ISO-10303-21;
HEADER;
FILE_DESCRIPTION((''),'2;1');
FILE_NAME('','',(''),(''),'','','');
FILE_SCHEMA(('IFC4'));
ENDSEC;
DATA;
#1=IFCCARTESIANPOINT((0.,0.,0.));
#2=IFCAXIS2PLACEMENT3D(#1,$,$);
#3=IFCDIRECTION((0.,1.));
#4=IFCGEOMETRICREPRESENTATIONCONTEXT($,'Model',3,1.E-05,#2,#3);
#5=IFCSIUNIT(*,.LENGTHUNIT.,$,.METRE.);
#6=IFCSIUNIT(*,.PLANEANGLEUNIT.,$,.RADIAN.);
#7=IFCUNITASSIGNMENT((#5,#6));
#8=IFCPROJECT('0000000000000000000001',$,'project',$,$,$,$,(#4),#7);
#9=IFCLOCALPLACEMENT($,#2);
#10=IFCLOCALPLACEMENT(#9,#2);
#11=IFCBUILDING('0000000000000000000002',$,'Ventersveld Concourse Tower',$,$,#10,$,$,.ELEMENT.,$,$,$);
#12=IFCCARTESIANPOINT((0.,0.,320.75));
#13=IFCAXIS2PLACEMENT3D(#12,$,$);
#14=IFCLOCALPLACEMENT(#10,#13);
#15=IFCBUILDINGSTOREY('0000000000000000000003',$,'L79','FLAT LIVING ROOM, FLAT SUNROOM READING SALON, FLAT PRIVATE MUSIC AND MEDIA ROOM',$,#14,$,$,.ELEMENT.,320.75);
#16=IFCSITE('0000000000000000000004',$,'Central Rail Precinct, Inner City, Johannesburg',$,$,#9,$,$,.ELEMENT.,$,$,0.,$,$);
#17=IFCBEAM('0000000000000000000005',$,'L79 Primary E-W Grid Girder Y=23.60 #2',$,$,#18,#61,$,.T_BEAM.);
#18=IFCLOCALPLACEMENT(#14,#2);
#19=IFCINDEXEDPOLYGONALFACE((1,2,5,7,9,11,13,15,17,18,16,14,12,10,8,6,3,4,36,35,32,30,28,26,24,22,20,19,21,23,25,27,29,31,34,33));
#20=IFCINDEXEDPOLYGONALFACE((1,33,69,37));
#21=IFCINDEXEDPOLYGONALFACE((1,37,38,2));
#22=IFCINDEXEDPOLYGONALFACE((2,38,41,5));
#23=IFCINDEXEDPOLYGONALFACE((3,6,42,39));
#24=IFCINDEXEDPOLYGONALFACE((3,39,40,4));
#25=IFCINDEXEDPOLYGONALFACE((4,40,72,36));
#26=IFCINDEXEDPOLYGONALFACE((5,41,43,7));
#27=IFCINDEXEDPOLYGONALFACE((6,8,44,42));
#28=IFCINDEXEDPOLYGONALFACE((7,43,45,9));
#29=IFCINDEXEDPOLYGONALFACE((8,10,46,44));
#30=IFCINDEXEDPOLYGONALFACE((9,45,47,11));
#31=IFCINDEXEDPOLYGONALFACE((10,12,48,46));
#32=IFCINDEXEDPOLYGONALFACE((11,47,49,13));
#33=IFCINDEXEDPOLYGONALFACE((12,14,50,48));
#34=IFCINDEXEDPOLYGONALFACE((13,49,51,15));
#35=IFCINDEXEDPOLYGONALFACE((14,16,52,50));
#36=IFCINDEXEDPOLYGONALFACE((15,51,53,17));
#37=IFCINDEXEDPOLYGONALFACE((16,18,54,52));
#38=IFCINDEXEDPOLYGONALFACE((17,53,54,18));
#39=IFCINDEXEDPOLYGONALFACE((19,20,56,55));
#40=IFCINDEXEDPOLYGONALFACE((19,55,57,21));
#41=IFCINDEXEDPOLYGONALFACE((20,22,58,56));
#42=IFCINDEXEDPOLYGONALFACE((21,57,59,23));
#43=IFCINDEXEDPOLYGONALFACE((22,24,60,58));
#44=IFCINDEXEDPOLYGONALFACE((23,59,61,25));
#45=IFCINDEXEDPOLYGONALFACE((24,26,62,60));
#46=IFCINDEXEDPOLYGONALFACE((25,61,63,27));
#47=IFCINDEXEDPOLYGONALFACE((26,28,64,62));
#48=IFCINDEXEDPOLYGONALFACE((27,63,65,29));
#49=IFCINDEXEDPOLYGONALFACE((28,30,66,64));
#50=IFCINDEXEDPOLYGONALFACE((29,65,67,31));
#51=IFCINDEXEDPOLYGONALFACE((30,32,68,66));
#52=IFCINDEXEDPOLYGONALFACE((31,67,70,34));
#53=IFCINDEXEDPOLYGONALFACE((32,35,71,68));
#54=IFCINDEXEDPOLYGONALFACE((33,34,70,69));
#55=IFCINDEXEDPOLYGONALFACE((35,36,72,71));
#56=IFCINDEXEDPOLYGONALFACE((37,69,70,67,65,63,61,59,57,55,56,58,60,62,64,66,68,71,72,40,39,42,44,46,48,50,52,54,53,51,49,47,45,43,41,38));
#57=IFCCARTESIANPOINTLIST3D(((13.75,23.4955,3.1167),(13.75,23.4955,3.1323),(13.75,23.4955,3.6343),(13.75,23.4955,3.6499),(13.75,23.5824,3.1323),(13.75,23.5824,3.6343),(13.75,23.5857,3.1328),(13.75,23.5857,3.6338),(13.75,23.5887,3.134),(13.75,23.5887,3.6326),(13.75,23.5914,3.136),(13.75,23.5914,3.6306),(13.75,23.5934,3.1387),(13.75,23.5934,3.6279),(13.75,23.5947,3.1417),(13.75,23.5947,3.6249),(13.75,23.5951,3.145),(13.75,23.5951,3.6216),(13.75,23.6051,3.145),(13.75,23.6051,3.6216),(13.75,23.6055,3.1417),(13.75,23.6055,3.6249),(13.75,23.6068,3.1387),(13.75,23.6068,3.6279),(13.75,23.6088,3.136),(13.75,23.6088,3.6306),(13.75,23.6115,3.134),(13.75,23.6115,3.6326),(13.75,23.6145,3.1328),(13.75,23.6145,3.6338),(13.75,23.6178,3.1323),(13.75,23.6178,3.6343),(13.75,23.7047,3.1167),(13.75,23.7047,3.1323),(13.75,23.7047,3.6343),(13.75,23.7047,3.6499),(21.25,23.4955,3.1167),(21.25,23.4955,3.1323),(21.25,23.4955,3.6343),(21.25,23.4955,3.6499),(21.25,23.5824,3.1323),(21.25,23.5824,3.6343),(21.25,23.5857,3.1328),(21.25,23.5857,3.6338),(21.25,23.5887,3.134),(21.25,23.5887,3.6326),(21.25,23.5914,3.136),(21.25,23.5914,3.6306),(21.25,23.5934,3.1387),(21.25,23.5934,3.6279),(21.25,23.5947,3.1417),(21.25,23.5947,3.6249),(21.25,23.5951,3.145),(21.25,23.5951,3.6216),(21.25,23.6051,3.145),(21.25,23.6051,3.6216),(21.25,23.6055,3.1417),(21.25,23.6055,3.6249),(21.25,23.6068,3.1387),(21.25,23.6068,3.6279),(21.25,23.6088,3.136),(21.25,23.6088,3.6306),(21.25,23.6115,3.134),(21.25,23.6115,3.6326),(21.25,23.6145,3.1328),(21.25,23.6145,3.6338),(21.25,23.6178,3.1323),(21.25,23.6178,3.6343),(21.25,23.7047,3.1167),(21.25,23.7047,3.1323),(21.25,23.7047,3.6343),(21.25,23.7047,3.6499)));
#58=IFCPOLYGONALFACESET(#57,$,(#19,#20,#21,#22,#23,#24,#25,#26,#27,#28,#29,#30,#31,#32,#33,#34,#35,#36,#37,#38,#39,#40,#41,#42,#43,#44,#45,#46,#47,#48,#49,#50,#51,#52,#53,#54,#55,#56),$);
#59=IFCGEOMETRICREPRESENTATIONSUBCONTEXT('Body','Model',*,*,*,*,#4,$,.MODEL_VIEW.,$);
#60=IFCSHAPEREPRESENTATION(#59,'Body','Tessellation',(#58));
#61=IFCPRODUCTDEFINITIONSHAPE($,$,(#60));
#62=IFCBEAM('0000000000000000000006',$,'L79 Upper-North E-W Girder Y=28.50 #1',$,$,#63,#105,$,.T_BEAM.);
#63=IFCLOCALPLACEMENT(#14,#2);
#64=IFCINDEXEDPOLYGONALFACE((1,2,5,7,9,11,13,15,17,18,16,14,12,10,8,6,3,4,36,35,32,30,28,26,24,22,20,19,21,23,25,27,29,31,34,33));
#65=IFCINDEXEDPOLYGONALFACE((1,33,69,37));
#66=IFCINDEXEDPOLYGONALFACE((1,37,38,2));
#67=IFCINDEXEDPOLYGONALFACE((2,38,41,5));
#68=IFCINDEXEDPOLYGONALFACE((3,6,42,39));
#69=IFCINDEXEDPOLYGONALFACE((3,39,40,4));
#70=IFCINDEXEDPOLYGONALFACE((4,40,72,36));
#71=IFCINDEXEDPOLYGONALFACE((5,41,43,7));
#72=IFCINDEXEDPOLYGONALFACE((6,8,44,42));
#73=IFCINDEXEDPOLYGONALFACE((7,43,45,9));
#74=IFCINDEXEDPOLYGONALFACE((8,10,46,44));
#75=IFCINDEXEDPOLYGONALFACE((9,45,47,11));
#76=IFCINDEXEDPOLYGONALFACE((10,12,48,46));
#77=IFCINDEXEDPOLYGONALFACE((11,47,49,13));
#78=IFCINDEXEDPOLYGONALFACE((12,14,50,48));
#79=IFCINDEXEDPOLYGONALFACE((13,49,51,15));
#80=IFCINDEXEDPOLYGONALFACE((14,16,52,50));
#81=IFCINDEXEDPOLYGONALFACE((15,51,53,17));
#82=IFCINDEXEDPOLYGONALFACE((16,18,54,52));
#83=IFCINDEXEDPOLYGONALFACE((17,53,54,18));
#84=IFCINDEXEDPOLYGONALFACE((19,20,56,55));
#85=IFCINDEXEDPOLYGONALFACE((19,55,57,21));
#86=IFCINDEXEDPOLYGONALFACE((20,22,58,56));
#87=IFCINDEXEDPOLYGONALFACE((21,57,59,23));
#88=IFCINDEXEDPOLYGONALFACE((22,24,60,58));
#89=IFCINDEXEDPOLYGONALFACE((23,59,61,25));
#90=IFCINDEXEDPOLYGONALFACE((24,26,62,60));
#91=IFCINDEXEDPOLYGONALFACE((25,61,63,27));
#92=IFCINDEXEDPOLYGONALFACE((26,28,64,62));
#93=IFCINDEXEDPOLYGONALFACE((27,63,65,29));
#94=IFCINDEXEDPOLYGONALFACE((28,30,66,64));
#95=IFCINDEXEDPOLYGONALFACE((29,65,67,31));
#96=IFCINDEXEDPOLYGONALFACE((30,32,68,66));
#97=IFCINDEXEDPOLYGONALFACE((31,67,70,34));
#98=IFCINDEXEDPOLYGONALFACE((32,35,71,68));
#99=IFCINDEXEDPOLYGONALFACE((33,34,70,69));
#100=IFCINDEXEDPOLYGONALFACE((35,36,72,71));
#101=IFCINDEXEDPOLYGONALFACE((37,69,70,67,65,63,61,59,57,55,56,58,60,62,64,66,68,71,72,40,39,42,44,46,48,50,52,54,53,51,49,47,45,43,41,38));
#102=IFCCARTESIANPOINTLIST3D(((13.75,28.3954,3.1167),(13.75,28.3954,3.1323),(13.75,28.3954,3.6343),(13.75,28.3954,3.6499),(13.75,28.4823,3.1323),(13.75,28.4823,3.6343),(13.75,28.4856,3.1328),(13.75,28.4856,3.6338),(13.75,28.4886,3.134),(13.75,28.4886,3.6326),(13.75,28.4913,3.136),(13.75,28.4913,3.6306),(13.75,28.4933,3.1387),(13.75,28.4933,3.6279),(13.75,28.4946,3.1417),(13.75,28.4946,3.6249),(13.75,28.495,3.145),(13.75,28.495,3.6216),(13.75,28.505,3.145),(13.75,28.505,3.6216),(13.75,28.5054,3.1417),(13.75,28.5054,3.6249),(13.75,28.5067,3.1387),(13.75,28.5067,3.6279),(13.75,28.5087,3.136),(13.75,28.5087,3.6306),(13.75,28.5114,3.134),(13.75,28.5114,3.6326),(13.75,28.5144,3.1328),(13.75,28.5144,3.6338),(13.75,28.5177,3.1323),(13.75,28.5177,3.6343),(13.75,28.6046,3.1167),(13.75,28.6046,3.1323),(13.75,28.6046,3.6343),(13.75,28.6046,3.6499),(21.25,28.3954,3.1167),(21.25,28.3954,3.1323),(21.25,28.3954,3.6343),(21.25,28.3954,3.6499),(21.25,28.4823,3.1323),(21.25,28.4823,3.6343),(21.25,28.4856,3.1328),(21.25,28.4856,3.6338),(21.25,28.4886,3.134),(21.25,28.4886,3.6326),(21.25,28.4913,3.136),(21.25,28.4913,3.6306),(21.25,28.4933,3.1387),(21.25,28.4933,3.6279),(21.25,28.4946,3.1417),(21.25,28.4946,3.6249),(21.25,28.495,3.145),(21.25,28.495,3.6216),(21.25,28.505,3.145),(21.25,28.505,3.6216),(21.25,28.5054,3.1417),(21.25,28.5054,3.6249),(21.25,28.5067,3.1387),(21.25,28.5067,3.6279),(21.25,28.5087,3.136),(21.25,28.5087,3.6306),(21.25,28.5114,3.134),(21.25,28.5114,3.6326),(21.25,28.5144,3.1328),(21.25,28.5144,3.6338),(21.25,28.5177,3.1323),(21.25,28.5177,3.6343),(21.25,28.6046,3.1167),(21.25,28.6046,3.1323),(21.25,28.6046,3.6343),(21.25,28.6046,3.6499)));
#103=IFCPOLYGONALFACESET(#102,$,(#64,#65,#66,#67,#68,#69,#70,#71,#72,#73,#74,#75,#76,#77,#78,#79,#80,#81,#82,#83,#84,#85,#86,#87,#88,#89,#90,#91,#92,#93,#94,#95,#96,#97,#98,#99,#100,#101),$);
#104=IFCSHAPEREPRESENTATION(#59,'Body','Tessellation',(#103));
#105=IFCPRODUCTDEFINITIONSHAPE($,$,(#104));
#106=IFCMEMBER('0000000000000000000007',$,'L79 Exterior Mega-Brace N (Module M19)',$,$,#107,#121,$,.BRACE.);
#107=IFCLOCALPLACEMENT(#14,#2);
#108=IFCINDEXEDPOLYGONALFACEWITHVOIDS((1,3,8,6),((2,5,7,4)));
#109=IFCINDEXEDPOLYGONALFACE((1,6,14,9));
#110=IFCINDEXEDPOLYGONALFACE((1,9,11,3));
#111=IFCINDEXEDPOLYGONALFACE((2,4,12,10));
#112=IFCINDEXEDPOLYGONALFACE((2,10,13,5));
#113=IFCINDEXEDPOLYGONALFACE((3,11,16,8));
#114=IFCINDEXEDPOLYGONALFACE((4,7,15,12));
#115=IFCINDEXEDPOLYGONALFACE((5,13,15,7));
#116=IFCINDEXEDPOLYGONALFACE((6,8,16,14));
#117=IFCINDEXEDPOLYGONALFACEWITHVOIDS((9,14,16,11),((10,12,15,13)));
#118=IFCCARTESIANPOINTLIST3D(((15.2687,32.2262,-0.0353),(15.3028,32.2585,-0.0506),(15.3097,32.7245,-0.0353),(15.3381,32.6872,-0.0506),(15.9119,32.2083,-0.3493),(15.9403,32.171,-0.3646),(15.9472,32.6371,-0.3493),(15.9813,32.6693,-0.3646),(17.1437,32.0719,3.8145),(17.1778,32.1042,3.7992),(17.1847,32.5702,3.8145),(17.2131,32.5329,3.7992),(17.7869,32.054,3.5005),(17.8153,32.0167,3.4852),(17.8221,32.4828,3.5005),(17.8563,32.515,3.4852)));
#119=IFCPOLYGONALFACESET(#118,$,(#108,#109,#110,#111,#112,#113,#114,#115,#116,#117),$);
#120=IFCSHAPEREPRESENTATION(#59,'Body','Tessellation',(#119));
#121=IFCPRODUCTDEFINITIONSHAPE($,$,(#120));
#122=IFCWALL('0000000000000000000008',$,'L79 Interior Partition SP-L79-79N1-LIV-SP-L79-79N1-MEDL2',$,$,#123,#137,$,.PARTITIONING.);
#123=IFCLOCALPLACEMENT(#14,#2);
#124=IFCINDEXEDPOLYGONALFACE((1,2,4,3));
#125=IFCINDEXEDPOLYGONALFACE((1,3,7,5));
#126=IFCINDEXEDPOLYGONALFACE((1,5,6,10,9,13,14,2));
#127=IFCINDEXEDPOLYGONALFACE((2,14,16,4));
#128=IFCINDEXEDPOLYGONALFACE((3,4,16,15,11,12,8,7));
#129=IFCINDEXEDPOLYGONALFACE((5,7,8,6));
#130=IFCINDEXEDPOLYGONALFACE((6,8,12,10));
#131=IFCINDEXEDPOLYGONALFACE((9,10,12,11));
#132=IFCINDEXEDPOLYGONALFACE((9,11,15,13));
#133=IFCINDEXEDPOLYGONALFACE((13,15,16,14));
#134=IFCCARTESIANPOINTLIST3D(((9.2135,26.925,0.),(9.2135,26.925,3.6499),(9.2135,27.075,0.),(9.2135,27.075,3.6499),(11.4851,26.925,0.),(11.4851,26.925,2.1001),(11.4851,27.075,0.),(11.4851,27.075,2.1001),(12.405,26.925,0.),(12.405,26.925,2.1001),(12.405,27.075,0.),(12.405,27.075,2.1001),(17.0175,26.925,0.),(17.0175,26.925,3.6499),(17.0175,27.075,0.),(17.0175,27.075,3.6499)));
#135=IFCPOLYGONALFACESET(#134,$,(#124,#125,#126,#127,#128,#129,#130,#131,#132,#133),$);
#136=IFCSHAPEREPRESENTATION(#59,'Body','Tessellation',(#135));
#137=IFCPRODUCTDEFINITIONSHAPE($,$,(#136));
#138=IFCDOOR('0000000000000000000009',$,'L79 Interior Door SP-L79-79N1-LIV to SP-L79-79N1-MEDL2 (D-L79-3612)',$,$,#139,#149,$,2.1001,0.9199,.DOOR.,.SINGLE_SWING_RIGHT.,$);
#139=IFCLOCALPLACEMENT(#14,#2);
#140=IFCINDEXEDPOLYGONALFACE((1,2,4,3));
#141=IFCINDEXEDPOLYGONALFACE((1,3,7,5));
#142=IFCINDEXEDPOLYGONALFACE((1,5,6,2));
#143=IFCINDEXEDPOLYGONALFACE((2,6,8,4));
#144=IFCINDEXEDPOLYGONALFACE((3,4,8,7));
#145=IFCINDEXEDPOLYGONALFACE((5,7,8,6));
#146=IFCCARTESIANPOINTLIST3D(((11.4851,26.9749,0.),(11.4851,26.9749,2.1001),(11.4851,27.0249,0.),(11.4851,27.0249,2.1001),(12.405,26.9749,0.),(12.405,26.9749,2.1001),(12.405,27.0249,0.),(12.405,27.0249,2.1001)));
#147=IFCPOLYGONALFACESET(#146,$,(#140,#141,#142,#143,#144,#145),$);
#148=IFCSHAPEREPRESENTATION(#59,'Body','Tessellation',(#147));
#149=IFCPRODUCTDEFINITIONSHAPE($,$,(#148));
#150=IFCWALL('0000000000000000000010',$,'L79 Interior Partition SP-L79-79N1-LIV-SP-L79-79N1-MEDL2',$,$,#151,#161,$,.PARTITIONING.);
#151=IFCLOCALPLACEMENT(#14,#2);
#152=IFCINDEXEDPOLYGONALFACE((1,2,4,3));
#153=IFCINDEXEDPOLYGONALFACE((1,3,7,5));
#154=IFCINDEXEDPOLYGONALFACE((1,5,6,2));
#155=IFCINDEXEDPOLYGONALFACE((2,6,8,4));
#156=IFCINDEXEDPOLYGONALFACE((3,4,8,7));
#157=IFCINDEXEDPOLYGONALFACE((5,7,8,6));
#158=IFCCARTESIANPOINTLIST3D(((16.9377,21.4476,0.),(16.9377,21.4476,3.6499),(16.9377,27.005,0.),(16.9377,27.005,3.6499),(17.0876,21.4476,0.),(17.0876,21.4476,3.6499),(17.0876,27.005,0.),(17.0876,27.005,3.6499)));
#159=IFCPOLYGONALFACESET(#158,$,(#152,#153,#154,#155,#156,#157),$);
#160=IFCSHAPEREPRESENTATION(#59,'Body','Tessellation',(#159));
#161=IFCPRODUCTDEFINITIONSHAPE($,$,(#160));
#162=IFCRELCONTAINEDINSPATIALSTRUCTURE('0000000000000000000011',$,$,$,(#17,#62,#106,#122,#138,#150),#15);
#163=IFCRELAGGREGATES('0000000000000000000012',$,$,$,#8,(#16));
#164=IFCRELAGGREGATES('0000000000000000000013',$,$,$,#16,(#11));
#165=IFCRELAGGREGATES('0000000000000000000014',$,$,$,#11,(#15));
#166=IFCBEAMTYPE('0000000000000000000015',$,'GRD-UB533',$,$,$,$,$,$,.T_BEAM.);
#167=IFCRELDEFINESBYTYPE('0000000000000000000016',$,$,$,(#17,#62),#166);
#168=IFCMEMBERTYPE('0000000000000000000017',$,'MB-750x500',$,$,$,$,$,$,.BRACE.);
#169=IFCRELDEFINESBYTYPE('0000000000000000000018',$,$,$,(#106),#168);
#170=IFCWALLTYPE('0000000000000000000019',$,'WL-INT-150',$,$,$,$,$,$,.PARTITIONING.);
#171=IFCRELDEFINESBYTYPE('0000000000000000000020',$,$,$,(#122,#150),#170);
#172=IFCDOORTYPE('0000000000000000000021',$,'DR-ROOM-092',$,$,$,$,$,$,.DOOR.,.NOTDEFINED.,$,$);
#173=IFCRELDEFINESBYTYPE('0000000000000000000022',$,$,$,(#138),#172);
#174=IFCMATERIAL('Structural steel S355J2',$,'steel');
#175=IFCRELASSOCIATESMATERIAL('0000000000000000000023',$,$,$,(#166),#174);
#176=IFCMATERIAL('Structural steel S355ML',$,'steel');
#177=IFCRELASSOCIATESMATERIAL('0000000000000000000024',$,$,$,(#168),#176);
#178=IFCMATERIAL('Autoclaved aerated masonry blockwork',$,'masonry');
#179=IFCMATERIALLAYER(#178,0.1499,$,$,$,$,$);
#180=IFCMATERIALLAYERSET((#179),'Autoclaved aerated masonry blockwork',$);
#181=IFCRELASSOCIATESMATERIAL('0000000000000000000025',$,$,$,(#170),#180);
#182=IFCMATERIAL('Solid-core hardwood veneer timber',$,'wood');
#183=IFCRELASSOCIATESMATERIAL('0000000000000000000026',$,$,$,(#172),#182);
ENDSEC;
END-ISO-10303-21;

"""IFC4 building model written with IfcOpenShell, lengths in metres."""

from ifc_helpers import new_model, si_unit, direction, frame, frame_2d, origin, origin_2d, place, context, subcontext, project, spatial, rectangle, hollow_rectangle, i_section, extrude, material, layer, layer_set, material_profile, profile_set, type_object, element, fill, save


model = new_model("IFC4")

# Units and contexts
model_context = context("Model", 3, precision=1e-05, world=origin(), true_north=direction((0.0, 1.0)))
body_context = subcontext(model_context, "Body", "Model", "MODEL_VIEW")
ifc_project = project(units=[si_unit("LENGTHUNIT", "METRE"), si_unit("PLANEANGLEUNIT", "RADIAN")], contexts=[model_context])

# Site, building, storey
site_placement = place(None, origin())
site = spatial("IfcSite", under=ifc_project, at=site_placement, Name="Central Rail Precinct, Inner City, Johannesburg", CompositionType="ELEMENT", RefElevation=0.0)
building_placement = place(site_placement, origin())
building = spatial("IfcBuilding", under=site, at=building_placement, Name="Ventersveld Concourse Tower", CompositionType="ELEMENT")
storey_placement = place(building_placement, frame((0.0, 0.0, 320.75)))
storey = spatial("IfcBuildingStorey", under=building, at=storey_placement, Name="L79", Description="FLAT LIVING ROOM, FLAT SUNROOM READING SALON, FLAT PRIVATE MUSIC AND MEDIA ROOM", CompositionType="ELEMENT", Elevation=320.75)

# Shared definitions
ifc_material_1 = material(Name="Structural steel S355J2", Category="steel")

# Beams
ifc_material_profile_1 = material_profile(ifc_material_1, i_section(OverallWidth=0.2092, OverallDepth=0.5332, WebThickness=0.01, FlangeThickness=0.0156, FilletRadius=0.0127, at=origin_2d()), Name="UB 533x210x92")
ifc_profile_set_1 = profile_set([ifc_material_profile_1], Name="Structural steel S355J2")
beam_type_1 = type_object("IfcBeamType", Name="GRD-UB533", PredefinedType="T_BEAM", material=ifc_profile_set_1)
for number, where, z_axis, x_axis, name in (
    (1, (13.75, 23.6001, 3.3833), (1.0, 0.0, 0.0), (0.0, 1.0, 0.0), "L79 Primary E-W Grid Girder Y=23.60 #2"),
    (2, (13.75, 28.5, 3.3833), (1.0, 0.0, 0.0), (0.0, 1.0, 0.0), "L79 Upper-North E-W Girder Y=28.50 #1"),
):
    element("IfcBeam", number, at=place(storey_placement, frame(where, z_axis=z_axis, x_axis=x_axis)), inside=storey, type_object=beam_type_1, Name=name, PredefinedType="T_BEAM", context=body_context, shape_type="SweptSolid", body=[
        extrude(i_section(OverallWidth=0.2092, OverallDepth=0.5332, WebThickness=0.01, FlangeThickness=0.0156, FilletRadius=0.0127, at=origin_2d()), origin(), (0.0, 0.0, 1.0), 7.5),
    ])

# Member
ifc_material_2 = material(Name="Structural steel S355ML", Category="steel")
ifc_material_profile_2 = material_profile(ifc_material_2, hollow_rectangle(XDim=0.5, YDim=0.75, WallThickness=0.0349, at=origin_2d()), Name="BOX 750x500x35")
ifc_profile_set_2 = profile_set([ifc_material_profile_2], Name="Structural steel S355ML")
member_type = type_object("IfcMemberType", Name="MB-750x500", PredefinedType="BRACE", material=ifc_profile_set_2)
member_placement = place(storey_placement, frame((15.625, 32.4478, -0.2), z_axis=(0.437578, -0.036009, 0.898459), x_axis=(0.082014, 0.996631, 0.0)))
element("IfcMember", 3, at=member_placement, inside=storey, type_object=member_type, Name="L79 Exterior Mega-Brace N (Module M19)", PredefinedType="BRACE", context=body_context, shape_type="SweptSolid", body=[
    extrude(hollow_rectangle(XDim=0.5, YDim=0.75, WallThickness=0.0349, at=origin_2d()), origin(), (0.0, 0.0, 1.0), 4.2849),
])

# Wall, opening, door
ifc_material_3 = material(Name="Autoclaved aerated masonry blockwork", Category="masonry")
ifc_layer_1 = layer(ifc_material_3, 0.1499)
ifc_layer_set_1 = layer_set([ifc_layer_1], Name="Autoclaved aerated masonry blockwork")
wall_type_1 = type_object("IfcWallType", Name="WL-INT-150", PredefinedType="PARTITIONING", material=ifc_layer_set_1)
wall_1_placement = place(storey_placement, frame((9.2136, 27.0, 0.0), z_axis=(0.0, 0.0, 1.0), x_axis=(1.0, 0.0, 0.0)))
wall_1 = element("IfcWall", 4, at=wall_1_placement, inside=storey, type_object=wall_type_1, Name="L79 Interior Partition SP-L79-79N1-LIV-SP-L79-79N1-MEDL2", PredefinedType="PARTITIONING", context=body_context, shape_type="SweptSolid", body=[
    extrude(rectangle(XDim=7.804, YDim=0.1499, at=frame_2d((3.9019, 0.0))), origin(), (0.0, 0.0, 1.0), 3.6499),
])
opening_1_placement = place(wall_1_placement, frame((2.2715, 0.0, 0.0)))
opening_1 = element("IfcOpeningElement", 5, at=opening_1_placement, cuts=wall_1, PredefinedType="OPENING", context=body_context, shape_type="SweptSolid", body=[
    extrude(rectangle(XDim=0.9199, YDim=2.1001, at=frame_2d((0.46, 1.05))), frame((0.0, 0.085, 0.0), z_axis=(0.0, -1.0, 0.0), x_axis=(1.0, 0.0, 0.0)), (0.0, 0.0, 1.0), 0.1699),
])
ifc_material_4 = material(Name="Solid-core hardwood veneer timber", Category="wood")
door_type = type_object("IfcDoorType", Name="DR-ROOM-092", OperationType="NOTDEFINED", PredefinedType="DOOR", material=ifc_material_4)
door_1_placement = place(opening_1_placement, origin())
door_1 = element("IfcDoor", 6, at=door_1_placement, inside=storey, type_object=door_type, Name="L79 Interior Door SP-L79-79N1-LIV to SP-L79-79N1-MEDL2 (D-L79-3612)", OperationType="SINGLE_SWING_RIGHT", OverallHeight=2.1001, OverallWidth=0.9199, PredefinedType="DOOR", context=body_context, shape_type="SweptSolid", body=[
    extrude(rectangle(XDim=0.9199, YDim=2.1001, at=frame_2d((0.46, 1.05))), frame((0.0, 0.0249, 0.0), z_axis=(0.0, -1.0, 0.0), x_axis=(1.0, 0.0, 0.0)), (0.0, 0.0, 1.0), 0.05),
])
fill(opening_1, door_1)

# Wall
wall_2_placement = place(storey_placement, frame((17.0127, 21.4475, 0.0), z_axis=(0.0, 0.0, 1.0), x_axis=(0.0, 1.0, 0.0)))
element("IfcWall", 7, at=wall_2_placement, inside=storey, type_object=wall_type_1, Name="L79 Interior Partition SP-L79-79N1-LIV-SP-L79-79N1-MEDL2", PredefinedType="PARTITIONING", context=body_context, shape_type="SweptSolid", body=[
    extrude(rectangle(XDim=5.5574, YDim=0.1499, at=frame_2d((2.7788, 0.0))), origin(), (0.0, 0.0, 1.0), 3.6499),
])

save(model, "model.ifc")
